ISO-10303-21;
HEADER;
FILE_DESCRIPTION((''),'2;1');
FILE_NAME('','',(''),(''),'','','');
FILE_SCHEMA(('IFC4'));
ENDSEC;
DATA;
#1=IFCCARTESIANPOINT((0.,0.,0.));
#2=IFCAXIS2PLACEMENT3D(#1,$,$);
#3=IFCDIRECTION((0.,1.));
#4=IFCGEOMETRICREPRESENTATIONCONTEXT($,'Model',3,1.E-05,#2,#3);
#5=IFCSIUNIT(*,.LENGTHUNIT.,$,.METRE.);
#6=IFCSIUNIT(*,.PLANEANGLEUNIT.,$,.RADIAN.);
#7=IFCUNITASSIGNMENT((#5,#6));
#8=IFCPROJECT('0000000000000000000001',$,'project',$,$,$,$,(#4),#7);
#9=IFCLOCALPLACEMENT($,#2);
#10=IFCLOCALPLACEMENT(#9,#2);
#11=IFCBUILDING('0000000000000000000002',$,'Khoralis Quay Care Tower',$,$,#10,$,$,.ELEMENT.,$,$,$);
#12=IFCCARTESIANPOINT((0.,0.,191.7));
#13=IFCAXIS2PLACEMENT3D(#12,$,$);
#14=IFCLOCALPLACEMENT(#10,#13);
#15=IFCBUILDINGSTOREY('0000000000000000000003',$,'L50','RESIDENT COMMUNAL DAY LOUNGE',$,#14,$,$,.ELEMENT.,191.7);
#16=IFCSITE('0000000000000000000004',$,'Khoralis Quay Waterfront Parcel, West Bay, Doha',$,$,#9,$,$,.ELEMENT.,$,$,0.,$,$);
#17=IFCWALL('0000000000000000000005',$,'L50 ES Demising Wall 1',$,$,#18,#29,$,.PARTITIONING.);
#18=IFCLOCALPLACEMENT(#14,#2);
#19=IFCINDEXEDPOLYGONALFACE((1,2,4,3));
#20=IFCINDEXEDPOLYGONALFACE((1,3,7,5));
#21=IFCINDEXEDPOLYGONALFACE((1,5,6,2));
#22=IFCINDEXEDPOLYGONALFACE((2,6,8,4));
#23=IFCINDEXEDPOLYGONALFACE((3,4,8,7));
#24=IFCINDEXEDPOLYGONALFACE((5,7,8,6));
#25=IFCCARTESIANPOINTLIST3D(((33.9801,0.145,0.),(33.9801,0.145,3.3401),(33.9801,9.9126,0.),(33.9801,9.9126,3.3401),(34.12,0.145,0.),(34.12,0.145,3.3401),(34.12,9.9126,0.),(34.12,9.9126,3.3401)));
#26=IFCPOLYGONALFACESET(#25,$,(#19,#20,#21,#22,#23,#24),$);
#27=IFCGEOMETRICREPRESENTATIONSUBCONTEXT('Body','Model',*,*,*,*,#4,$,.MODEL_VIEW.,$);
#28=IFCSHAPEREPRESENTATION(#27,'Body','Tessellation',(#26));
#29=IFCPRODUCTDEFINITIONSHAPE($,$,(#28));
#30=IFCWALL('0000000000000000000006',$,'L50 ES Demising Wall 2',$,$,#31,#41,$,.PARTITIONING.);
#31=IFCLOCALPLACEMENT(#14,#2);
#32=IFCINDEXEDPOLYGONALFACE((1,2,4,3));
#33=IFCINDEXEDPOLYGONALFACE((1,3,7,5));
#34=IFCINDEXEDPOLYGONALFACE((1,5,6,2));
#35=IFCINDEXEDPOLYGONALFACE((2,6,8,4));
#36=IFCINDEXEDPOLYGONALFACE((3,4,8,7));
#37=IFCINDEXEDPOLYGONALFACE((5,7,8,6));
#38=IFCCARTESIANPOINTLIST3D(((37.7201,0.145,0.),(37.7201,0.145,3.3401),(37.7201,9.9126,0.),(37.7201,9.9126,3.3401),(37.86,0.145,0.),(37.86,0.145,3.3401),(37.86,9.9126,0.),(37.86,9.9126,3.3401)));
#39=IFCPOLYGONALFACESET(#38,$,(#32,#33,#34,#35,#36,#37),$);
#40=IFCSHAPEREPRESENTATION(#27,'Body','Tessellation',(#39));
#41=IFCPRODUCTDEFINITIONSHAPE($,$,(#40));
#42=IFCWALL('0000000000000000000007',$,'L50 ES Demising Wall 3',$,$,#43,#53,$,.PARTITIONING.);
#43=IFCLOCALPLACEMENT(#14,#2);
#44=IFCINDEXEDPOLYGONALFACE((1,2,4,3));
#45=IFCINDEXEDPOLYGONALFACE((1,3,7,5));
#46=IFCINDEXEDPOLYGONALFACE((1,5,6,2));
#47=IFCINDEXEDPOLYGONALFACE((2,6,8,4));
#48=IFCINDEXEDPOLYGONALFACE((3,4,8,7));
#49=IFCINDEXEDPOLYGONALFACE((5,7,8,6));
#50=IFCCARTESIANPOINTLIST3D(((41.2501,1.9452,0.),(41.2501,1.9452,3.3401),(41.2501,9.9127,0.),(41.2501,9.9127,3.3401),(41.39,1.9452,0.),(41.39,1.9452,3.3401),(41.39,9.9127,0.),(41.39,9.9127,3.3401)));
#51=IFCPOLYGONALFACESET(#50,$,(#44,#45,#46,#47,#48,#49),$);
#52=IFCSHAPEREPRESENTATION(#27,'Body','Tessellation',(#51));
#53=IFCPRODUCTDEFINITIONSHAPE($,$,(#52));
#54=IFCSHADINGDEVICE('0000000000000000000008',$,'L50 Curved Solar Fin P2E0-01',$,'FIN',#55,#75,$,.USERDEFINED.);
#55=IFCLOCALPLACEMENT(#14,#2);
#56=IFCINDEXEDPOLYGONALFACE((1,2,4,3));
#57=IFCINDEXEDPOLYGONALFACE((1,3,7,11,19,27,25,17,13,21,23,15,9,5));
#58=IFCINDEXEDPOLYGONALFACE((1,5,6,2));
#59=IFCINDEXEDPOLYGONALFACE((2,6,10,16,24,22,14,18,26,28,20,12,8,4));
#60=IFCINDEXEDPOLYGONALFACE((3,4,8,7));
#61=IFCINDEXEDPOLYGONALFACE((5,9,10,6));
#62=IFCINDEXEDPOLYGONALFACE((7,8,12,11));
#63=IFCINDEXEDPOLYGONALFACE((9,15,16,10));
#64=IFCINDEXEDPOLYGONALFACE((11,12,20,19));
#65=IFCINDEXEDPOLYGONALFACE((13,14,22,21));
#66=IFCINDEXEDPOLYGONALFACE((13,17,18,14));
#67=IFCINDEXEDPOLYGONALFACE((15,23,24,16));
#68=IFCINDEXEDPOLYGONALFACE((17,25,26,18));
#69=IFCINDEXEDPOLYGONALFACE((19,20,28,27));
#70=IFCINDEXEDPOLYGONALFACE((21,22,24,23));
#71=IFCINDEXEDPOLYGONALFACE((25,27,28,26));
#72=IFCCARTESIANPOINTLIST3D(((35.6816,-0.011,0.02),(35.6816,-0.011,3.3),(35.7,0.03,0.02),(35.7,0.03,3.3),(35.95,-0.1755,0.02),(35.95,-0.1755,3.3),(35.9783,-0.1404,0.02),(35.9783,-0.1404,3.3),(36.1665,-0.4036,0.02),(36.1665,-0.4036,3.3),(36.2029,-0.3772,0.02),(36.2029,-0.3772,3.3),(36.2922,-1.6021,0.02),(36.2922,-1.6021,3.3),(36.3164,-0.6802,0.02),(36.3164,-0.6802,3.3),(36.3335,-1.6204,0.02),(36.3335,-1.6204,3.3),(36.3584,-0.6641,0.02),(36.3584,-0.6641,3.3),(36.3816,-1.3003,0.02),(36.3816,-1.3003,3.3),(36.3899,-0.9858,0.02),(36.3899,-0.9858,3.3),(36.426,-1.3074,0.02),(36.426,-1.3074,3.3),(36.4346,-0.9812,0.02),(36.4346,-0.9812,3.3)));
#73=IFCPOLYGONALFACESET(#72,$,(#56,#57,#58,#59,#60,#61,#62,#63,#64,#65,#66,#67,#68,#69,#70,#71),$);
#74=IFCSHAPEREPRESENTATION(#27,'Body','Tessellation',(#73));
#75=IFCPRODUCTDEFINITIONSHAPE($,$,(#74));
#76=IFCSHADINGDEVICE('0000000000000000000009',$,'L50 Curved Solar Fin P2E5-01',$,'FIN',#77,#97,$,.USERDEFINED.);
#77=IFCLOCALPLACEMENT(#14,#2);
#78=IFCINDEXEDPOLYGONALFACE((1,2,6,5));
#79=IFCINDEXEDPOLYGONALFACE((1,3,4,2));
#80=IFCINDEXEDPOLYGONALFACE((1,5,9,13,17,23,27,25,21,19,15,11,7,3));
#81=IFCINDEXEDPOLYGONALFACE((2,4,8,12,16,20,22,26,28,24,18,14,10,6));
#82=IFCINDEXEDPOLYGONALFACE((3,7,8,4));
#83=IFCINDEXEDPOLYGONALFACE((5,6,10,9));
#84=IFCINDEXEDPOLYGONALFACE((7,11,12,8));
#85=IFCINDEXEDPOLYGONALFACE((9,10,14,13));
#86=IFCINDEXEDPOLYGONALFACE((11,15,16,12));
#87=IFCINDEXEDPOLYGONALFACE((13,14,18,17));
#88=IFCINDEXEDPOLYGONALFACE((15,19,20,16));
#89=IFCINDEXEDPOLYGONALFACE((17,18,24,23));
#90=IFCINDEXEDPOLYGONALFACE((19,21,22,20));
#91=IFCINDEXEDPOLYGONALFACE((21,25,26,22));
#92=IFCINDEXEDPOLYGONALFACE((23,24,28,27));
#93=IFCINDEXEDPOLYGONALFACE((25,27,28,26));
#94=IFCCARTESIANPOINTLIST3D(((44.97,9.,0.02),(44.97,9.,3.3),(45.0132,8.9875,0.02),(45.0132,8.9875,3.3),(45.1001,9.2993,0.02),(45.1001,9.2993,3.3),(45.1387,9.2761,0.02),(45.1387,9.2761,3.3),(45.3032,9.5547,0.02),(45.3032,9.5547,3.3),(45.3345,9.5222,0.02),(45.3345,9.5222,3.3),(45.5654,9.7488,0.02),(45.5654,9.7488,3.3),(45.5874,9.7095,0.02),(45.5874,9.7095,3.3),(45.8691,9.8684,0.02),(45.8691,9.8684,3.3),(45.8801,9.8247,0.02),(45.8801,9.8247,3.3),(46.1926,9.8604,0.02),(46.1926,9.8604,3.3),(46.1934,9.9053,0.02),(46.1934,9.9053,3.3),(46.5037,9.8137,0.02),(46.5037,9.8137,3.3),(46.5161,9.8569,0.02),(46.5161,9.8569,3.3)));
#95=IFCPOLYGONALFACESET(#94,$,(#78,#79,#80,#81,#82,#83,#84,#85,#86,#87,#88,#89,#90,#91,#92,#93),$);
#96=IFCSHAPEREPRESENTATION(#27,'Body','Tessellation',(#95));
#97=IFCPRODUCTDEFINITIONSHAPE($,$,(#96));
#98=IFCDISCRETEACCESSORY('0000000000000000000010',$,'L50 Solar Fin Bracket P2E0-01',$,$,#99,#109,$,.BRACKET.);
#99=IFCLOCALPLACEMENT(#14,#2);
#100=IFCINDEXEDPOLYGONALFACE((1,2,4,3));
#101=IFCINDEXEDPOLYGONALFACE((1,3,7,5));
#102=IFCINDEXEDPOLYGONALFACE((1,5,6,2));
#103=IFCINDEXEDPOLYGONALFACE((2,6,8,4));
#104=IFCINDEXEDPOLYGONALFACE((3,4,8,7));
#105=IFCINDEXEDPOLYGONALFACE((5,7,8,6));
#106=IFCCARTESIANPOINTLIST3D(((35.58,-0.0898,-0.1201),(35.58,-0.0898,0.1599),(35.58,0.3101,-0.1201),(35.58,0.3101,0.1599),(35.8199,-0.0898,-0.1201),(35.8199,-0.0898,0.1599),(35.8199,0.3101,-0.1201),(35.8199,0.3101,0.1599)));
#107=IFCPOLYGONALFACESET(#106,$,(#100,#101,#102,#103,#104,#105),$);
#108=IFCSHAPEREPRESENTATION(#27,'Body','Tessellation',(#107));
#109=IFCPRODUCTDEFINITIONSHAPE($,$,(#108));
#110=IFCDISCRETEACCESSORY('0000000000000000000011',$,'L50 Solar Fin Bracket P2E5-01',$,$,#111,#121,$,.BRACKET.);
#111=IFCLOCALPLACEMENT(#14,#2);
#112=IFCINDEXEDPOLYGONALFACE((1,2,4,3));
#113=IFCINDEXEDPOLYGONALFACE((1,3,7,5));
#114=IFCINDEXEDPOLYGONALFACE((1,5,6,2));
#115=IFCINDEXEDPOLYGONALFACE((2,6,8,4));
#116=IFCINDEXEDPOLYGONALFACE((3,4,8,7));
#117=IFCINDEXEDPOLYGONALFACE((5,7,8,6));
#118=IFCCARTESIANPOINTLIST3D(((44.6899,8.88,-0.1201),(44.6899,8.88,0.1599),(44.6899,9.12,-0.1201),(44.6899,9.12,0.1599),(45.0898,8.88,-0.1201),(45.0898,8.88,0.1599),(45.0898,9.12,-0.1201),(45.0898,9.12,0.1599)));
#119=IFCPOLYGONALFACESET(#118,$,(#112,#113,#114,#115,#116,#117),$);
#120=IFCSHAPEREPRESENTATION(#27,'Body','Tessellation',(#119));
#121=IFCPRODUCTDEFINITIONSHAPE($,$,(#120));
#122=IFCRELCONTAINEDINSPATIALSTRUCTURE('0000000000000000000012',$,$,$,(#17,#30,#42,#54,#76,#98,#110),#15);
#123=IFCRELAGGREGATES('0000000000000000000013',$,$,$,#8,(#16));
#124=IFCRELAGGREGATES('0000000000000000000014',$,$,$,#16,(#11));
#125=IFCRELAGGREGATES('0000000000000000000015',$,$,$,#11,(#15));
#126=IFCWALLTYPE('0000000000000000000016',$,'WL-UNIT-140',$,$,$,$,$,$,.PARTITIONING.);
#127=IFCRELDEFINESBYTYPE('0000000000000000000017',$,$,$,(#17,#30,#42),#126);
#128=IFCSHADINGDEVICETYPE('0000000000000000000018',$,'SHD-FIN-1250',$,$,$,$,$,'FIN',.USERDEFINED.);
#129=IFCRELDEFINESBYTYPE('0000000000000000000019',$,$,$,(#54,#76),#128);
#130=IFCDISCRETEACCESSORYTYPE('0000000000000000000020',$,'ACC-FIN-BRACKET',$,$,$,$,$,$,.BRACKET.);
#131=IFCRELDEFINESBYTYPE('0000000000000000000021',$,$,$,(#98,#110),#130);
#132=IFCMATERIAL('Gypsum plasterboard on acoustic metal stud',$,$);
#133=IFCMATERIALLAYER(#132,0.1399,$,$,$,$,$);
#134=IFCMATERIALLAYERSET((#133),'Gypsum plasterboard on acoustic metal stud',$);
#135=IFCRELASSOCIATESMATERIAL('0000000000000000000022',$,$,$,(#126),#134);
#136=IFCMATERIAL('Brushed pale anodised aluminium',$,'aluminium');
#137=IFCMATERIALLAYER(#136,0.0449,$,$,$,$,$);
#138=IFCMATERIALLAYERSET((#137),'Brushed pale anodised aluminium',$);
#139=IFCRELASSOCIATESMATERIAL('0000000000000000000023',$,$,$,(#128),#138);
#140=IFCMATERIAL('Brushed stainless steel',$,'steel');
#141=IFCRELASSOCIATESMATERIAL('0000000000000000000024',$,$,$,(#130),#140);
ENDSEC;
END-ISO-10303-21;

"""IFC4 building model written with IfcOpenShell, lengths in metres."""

from ifc_helpers import new_model, si_unit, direction, frame, frame_2d, origin, origin_2d, place, context, subcontext, project, spatial, polyline, rectangle, outline, extrude, source, transform, mapped, material, layer, layer_set, type_object, element, save


model = new_model("IFC4")

# Units and contexts
model_context = context("Model", 3, precision=1e-05, world=origin(), true_north=direction((0.0, 1.0)))
body_context = subcontext(model_context, "Body", "Model", "MODEL_VIEW")
ifc_project = project(units=[si_unit("LENGTHUNIT", "METRE"), si_unit("PLANEANGLEUNIT", "RADIAN")], contexts=[model_context])

# Site, building, storey
site_placement = place(None, origin())
site = spatial("IfcSite", under=ifc_project, at=site_placement, Name="Khoralis Quay Waterfront Parcel, West Bay, Doha", CompositionType="ELEMENT", RefElevation=0.0)
building_placement = place(site_placement, origin())
building = spatial("IfcBuilding", under=site, at=building_placement, Name="Khoralis Quay Care Tower", CompositionType="ELEMENT")
storey_placement = place(building_placement, frame((0.0, 0.0, 191.7)))
storey = spatial("IfcBuildingStorey", under=building, at=storey_placement, Name="L50", Description="RESIDENT COMMUNAL DAY LOUNGE", CompositionType="ELEMENT", Elevation=191.7)

# Shared definitions
ifc_material_1 = material(Name="Gypsum plasterboard on acoustic metal stud")

# Walls
ifc_layer_1 = layer(ifc_material_1, 0.1399)
ifc_layer_set_1 = layer_set([ifc_layer_1], Name="Gypsum plasterboard on acoustic metal stud")
wall_type_1 = type_object("IfcWallType", Name="WL-UNIT-140", PredefinedType="PARTITIONING", material=ifc_layer_set_1)
for number, where, z_axis, x_axis, name in (
    (1, (34.05, 0.145, 0.0), (0.0, 0.0, 1.0), (0.0, 1.0, 0.0), "L50 ES Demising Wall 1"),
    (2, (37.79, 0.145, 0.0), (0.0, 0.0, 1.0), (0.0, 1.0, 0.0), "L50 ES Demising Wall 2"),
):
    element("IfcWall", number, at=place(storey_placement, frame(where, z_axis=z_axis, x_axis=x_axis)), inside=storey, type_object=wall_type_1, Name=name, PredefinedType="PARTITIONING", context=body_context, shape_type="SweptSolid", body=[
        extrude(rectangle(XDim=9.7676, YDim=0.1399, at=frame_2d((4.8838, 0.0))), origin(), (0.0, 0.0, 1.0), 3.3401),
    ])
wall_1_placement = place(storey_placement, frame((41.3201, 1.9451, 0.0), z_axis=(0.0, 0.0, 1.0), x_axis=(0.0, 1.0, 0.0)))
element("IfcWall", 3, at=wall_1_placement, inside=storey, type_object=wall_type_1, Name="L50 ES Demising Wall 3", PredefinedType="PARTITIONING", context=body_context, shape_type="SweptSolid", body=[
    extrude(rectangle(XDim=7.9675, YDim=0.1399, at=frame_2d((3.9839, 0.0))), origin(), (0.0, 0.0, 1.0), 3.3401),
])

# Shading devices
ifc_material_2 = material(Name="Brushed pale anodised aluminium", Category="aluminium")
ifc_layer_2 = layer(ifc_material_2, 0.0449)
ifc_layer_set_2 = layer_set([ifc_layer_2], Name="Brushed pale anodised aluminium")
shading_device_type = type_object("IfcShadingDeviceType", Name="SHD-FIN-1250", ElementType="FIN", PredefinedType="USERDEFINED", material=ifc_layer_set_2)
shared_shape_1 = source(origin(), body_context, "Body", "SweptSolid", [
    extrude(outline(polyline([(0.0, 0.0), (0.1704, 0.2783), (0.4072, 0.5029), (0.6941, 0.6584), (1.0112, 0.7346), (1.3374, 0.7261), (1.6504, 0.6335), (1.6321, 0.5923), (1.3303, 0.6816), (1.0159, 0.6899), (0.7102, 0.6165), (0.4336, 0.4666), (0.2056, 0.25), (0.041, -0.0183), (0.0, 0.0)])), origin(), (0.0, 0.0, 1.0), 3.28),
])
shading_device_1_placement = place(storey_placement, frame((35.7, 0.03, 0.02), z_axis=(0.0, 0.0, 1.0), x_axis=(0.0, -1.0, 0.0)))
element("IfcShadingDevice", 4, at=shading_device_1_placement, inside=storey, type_object=shading_device_type, Name="L50 Curved Solar Fin P2E0-01", ObjectType="FIN", PredefinedType="USERDEFINED", context=body_context, shape_type="MappedRepresentation", body=[
    mapped(shared_shape_1, transform((0.0, 0.0, 0.0), scale=1.0)),
])
shared_shape_2 = source(origin(), body_context, "Body", "SweptSolid", [
    extrude(outline(polyline([(0.0, 0.0), (0.1301, 0.2993), (0.3333, 0.5547), (0.5955, 0.7488), (0.8992, 0.8684), (1.2234, 0.9053), (1.5461, 0.8569), (1.5337, 0.8137), (1.2227, 0.8604), (0.9102, 0.8247), (0.6174, 0.7095), (0.3645, 0.5222), (0.1687, 0.2761), (0.0432, -0.0125), (0.0, 0.0)])), origin(), (0.0, 0.0, 1.0), 3.28),
])
shading_device_2_placement = place(storey_placement, frame((44.97, 9.0, 0.02), z_axis=(0.0, 0.0, 1.0), x_axis=(1.0, 0.0, 0.0)))
element("IfcShadingDevice", 5, at=shading_device_2_placement, inside=storey, type_object=shading_device_type, Name="L50 Curved Solar Fin P2E5-01", ObjectType="FIN", PredefinedType="USERDEFINED", context=body_context, shape_type="MappedRepresentation", body=[
    mapped(shared_shape_2, transform((0.0, 0.0, 0.0), scale=1.0)),
])

# Discrete accessories
ifc_material_3 = material(Name="Brushed stainless steel", Category="steel")
discrete_accessory_type = type_object("IfcDiscreteAccessoryType", Name="ACC-FIN-BRACKET", PredefinedType="BRACKET", material=ifc_material_3)
shared_shape_3 = source(origin(), body_context, "Body", "SweptSolid", [
    extrude(rectangle(XDim=0.3999, YDim=0.24, at=origin_2d()), origin(), (0.0, 0.0, 1.0), 0.28),
])
for number, where, z_axis, x_axis, name in (
    (6, (35.7, 0.1101, -0.1201), (0.0, 0.0, 1.0), (0.0, -1.0, 0.0), "L50 Solar Fin Bracket P2E0-01"),
    (7, (44.8899, 9.0, -0.1201), (0.0, 0.0, 1.0), (1.0, 0.0, 0.0), "L50 Solar Fin Bracket P2E5-01"),
):
    element("IfcDiscreteAccessory", number, at=place(storey_placement, frame(where, z_axis=z_axis, x_axis=x_axis)), inside=storey, type_object=discrete_accessory_type, Name=name, PredefinedType="BRACKET", context=body_context, shape_type="MappedRepresentation", body=[
        mapped(shared_shape_3, transform((0.0, 0.0, 0.0), scale=1.0)),
    ])

save(model, "model.ifc")
